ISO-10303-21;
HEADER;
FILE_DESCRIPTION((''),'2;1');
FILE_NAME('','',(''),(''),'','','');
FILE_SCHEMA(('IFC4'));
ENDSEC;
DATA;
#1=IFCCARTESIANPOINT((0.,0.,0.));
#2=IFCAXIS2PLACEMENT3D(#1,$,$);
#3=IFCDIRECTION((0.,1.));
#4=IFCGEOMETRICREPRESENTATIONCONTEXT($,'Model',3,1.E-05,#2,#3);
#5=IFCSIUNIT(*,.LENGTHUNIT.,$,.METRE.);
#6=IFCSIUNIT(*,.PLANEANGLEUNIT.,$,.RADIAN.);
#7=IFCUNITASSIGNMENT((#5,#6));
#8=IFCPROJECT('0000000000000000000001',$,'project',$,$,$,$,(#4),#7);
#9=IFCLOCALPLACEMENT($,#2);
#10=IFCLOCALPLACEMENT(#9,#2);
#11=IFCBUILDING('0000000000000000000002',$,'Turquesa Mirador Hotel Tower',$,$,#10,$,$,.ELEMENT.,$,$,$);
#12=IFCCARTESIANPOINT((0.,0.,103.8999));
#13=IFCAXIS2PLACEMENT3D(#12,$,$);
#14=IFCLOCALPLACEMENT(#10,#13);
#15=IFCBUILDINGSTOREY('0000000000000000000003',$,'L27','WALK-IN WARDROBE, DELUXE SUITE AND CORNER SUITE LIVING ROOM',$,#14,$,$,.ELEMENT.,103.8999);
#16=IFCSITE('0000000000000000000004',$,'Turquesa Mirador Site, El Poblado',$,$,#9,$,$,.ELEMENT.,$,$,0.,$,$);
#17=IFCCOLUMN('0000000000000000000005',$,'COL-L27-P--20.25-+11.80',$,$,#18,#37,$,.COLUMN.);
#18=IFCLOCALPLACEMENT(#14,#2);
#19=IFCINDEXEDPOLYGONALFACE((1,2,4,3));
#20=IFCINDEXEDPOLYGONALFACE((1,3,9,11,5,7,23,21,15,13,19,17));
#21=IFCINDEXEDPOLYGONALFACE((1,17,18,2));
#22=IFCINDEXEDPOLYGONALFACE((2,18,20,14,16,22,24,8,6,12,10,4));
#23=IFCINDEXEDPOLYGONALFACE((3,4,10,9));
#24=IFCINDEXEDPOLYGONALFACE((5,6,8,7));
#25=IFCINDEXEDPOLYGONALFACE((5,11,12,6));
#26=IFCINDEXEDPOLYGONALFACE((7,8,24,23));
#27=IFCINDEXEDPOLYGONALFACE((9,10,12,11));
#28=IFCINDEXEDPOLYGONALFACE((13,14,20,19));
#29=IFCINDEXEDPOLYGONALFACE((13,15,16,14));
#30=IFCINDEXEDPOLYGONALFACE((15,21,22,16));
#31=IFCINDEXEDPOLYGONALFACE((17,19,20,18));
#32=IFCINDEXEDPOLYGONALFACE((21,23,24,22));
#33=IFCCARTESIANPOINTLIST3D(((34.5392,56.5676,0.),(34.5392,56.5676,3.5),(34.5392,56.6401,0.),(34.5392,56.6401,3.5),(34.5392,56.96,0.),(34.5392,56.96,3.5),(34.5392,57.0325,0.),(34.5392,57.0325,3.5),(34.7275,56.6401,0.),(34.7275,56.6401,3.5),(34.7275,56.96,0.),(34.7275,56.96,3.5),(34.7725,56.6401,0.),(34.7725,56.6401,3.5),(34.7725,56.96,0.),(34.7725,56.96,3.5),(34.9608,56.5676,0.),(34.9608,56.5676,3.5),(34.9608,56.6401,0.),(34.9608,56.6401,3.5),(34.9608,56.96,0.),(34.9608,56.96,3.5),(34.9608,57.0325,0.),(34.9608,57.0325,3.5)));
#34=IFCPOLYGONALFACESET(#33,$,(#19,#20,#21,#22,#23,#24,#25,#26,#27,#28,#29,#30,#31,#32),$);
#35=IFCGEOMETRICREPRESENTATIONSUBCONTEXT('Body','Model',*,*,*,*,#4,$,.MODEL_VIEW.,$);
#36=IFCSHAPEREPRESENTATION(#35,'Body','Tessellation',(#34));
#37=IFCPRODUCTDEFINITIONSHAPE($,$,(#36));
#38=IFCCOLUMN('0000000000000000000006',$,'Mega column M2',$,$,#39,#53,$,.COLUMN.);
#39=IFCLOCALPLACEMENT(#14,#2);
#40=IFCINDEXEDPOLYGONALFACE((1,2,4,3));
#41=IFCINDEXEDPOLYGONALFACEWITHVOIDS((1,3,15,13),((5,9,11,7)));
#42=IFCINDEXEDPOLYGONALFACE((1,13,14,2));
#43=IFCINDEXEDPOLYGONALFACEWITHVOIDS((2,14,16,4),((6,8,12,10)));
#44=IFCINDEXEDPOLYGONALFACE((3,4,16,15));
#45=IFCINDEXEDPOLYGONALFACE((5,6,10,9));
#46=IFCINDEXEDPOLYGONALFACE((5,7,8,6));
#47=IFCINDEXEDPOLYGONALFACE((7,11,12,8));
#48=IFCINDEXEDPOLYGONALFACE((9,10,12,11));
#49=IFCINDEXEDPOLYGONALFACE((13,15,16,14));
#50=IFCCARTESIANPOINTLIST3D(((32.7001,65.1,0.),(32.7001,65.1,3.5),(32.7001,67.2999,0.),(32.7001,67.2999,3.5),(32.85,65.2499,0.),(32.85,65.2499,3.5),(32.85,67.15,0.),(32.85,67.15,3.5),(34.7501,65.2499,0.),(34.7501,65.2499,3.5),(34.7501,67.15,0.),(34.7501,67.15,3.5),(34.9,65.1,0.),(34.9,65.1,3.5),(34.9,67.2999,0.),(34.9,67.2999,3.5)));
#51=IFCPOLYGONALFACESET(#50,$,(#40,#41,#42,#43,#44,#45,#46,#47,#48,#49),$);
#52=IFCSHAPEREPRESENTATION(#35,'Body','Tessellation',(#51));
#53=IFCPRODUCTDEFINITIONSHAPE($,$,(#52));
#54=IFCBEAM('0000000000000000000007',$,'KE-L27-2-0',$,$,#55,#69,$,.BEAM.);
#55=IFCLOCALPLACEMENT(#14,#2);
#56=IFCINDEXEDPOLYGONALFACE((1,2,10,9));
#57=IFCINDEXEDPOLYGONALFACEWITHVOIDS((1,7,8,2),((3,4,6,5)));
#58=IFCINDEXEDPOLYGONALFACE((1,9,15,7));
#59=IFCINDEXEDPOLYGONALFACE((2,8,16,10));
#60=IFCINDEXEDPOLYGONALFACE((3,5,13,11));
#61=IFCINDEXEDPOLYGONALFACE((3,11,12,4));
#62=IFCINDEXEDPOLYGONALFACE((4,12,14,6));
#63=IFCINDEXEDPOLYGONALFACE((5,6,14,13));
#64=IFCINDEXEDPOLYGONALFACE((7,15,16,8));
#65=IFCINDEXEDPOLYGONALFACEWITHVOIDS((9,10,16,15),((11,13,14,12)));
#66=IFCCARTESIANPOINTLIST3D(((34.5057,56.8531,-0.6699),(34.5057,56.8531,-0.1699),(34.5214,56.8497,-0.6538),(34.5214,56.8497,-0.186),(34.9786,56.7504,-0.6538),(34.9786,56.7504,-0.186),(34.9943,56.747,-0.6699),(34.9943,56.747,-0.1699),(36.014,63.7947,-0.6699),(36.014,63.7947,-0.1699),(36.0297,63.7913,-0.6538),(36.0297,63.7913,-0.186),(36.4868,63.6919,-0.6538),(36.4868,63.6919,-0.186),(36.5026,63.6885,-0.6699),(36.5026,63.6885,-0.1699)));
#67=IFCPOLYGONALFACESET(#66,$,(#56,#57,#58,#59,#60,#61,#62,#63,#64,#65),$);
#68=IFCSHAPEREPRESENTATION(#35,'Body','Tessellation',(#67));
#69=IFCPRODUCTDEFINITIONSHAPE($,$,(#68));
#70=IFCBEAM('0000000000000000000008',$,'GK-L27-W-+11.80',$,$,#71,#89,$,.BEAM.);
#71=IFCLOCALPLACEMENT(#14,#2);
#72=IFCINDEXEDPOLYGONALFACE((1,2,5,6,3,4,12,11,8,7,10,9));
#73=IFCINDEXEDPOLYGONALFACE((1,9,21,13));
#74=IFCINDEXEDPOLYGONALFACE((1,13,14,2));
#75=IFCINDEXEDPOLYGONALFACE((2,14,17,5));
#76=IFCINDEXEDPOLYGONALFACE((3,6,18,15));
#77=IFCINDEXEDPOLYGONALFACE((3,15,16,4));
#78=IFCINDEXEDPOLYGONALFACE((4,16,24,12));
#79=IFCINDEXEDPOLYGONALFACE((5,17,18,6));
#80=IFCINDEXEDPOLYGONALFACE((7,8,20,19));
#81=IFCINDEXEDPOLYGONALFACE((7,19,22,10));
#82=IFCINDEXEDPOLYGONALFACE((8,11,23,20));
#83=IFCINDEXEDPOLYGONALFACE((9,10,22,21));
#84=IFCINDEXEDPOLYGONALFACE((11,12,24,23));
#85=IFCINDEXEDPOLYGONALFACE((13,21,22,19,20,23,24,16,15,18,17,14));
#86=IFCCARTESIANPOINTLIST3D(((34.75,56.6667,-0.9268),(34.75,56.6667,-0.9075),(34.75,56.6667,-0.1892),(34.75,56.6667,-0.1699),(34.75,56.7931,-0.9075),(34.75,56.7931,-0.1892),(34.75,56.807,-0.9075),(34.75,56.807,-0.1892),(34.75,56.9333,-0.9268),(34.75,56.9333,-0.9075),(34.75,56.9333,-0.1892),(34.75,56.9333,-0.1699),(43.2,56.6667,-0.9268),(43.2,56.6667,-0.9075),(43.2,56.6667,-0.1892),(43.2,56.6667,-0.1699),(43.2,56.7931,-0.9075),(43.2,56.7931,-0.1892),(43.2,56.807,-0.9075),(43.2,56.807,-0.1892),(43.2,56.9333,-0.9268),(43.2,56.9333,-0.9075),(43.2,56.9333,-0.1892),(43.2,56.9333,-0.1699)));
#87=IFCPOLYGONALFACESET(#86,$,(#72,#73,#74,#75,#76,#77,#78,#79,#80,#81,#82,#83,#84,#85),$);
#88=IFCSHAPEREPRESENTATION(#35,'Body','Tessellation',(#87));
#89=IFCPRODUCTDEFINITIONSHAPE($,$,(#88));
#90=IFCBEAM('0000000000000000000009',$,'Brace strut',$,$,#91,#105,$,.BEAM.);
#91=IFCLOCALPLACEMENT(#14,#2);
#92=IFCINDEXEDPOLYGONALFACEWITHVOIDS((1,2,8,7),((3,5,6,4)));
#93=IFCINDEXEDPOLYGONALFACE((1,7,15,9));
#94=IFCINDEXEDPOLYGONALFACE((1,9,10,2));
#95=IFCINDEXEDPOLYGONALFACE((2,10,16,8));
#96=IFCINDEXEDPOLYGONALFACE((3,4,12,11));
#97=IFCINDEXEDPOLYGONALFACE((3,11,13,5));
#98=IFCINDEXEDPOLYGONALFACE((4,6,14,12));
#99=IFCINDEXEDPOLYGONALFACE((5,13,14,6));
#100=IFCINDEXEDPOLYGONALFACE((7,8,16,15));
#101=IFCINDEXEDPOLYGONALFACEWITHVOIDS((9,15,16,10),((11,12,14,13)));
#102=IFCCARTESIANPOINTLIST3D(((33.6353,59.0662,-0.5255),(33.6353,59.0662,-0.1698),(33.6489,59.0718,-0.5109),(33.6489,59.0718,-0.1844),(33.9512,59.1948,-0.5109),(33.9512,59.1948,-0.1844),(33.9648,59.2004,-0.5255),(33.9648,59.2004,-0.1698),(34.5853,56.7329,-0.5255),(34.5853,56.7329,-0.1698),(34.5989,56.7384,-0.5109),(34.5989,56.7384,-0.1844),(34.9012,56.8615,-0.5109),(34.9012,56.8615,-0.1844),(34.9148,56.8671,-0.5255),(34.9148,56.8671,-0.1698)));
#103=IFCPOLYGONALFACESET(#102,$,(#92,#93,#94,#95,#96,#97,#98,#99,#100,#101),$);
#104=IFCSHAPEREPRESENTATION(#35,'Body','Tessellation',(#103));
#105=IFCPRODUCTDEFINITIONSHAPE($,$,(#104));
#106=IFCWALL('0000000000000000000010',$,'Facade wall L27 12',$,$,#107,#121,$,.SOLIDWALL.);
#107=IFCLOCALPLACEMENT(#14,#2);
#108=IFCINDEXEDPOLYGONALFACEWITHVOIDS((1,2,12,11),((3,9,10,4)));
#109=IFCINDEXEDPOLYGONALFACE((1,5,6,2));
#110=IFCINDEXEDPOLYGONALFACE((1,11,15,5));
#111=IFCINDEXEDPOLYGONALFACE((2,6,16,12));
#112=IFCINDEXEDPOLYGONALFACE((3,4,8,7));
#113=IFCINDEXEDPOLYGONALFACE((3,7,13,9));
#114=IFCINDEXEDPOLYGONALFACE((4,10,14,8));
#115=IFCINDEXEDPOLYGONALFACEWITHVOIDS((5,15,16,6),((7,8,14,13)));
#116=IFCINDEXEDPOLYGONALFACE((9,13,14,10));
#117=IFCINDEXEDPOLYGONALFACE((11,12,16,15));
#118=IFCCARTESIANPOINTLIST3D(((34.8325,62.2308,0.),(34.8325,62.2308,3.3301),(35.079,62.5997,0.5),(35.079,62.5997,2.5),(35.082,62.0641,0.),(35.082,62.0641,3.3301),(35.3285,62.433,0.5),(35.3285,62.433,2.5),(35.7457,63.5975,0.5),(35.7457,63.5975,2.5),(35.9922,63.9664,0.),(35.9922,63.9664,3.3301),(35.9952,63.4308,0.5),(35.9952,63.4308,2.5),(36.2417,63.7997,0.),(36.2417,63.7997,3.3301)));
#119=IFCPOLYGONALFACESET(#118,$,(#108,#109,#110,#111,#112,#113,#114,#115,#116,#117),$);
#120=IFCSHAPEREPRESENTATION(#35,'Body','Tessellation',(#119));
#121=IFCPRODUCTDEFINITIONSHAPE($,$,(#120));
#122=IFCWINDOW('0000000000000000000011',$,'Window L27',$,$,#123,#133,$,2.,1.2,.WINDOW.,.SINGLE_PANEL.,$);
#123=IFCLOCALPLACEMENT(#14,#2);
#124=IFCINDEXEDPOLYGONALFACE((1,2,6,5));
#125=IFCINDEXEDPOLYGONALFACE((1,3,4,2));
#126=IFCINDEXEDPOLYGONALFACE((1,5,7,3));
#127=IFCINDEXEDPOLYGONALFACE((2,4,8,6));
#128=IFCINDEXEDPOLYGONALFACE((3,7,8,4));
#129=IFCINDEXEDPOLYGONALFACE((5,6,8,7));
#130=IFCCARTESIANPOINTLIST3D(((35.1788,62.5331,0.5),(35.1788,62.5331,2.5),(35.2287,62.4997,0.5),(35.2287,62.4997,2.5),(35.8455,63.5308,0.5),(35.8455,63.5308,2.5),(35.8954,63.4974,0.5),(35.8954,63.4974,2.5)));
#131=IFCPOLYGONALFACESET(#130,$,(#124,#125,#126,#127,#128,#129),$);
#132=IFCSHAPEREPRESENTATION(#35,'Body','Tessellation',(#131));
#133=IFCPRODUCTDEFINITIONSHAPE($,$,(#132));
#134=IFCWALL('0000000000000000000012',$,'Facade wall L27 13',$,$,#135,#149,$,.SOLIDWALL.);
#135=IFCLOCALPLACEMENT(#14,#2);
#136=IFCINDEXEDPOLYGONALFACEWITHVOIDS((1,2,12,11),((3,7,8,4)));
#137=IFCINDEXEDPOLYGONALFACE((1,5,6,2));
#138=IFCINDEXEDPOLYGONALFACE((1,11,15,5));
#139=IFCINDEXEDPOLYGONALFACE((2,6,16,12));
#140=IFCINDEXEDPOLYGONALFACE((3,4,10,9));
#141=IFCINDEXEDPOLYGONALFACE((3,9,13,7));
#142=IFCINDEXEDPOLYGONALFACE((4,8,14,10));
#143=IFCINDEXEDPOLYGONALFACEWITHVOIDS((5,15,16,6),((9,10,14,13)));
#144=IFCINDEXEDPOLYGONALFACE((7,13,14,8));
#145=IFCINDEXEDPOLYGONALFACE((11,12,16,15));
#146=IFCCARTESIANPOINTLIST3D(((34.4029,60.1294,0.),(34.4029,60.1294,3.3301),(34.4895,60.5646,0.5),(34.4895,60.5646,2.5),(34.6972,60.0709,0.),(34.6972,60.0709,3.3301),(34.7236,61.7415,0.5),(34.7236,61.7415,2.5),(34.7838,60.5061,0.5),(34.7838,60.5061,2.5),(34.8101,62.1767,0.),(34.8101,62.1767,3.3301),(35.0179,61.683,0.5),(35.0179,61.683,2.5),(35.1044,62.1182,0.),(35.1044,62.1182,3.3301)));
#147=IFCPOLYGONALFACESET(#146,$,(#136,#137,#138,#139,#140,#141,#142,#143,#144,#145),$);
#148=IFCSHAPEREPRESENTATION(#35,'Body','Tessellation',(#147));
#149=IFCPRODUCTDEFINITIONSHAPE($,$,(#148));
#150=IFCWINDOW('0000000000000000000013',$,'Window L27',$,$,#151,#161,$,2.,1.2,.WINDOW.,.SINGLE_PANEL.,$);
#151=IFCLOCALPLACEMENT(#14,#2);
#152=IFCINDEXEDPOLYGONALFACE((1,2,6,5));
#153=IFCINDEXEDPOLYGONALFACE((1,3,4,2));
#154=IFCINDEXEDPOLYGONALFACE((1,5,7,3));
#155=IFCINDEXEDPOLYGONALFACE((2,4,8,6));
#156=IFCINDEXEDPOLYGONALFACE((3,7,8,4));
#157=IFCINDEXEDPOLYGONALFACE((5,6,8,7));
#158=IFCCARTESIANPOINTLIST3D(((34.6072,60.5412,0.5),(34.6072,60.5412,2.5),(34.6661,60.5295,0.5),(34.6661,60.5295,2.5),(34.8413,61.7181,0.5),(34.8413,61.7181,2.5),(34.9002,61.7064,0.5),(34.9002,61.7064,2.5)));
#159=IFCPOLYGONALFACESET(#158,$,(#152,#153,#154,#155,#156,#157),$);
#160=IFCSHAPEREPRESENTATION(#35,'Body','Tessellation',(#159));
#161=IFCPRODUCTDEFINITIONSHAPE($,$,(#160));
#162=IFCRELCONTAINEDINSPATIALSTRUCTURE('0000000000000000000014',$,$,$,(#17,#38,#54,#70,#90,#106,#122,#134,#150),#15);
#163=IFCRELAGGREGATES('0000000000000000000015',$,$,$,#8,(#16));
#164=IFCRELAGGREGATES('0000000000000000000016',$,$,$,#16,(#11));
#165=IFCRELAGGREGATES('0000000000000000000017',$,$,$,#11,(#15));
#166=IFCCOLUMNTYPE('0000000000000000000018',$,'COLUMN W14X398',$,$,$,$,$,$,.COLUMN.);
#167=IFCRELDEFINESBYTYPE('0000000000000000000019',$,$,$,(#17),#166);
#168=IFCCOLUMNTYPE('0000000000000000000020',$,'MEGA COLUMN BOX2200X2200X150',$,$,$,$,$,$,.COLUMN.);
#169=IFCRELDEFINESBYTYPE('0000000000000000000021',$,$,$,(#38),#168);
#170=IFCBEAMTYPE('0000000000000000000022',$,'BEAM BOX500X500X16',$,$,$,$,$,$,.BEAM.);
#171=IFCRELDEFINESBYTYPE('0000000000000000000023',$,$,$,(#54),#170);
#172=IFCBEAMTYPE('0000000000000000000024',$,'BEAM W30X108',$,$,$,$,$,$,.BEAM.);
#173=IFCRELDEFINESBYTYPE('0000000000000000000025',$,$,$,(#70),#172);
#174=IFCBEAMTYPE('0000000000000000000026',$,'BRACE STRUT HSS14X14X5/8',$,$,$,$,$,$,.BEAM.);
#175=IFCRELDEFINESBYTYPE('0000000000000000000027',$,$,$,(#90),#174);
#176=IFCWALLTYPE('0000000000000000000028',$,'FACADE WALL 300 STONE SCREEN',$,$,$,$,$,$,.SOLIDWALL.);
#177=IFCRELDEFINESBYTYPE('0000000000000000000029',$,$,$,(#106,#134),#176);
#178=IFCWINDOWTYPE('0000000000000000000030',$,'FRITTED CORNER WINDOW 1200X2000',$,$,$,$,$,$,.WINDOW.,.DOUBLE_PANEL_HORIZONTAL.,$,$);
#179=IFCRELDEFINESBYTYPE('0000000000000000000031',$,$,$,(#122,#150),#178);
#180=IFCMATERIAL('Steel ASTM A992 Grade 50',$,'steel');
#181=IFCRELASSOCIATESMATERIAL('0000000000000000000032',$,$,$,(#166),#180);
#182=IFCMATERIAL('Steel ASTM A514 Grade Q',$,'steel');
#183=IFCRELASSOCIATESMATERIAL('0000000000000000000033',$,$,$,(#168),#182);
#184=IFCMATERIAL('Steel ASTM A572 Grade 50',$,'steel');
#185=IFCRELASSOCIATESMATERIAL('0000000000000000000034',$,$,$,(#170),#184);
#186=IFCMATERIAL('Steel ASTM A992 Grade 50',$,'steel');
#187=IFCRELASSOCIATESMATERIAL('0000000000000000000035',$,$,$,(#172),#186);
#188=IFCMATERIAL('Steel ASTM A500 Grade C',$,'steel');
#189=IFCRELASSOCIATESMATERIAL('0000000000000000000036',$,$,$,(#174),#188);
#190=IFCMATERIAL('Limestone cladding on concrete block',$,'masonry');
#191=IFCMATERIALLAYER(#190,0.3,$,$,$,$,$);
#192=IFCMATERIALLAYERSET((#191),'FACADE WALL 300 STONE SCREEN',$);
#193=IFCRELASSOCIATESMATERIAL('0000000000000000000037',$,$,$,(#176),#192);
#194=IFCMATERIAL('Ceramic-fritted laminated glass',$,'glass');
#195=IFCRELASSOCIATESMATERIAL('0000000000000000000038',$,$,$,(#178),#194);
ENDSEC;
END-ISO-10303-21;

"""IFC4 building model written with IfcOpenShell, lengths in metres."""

from ifc_helpers import new_model, si_unit, direction, frame, frame_2d, origin, origin_2d, place, context, subcontext, project, spatial, rectangle, hollow_rectangle, i_section, extrude, material, layer, layer_set, material_profile, profile_set, type_object, element, fill, save


model = new_model("IFC4")

# Units and contexts
model_context = context("Model", 3, precision=1e-05, world=origin(), true_north=direction((0.0, 1.0)))
body_context = subcontext(model_context, "Body", "Model", "MODEL_VIEW")
ifc_project = project(units=[si_unit("LENGTHUNIT", "METRE"), si_unit("PLANEANGLEUNIT", "RADIAN")], contexts=[model_context])

# Site, building, storey
site_placement = place(None, origin())
site = spatial("IfcSite", under=ifc_project, at=site_placement, Name="Turquesa Mirador Site, El Poblado", CompositionType="ELEMENT", RefElevation=0.0)
building_placement = place(site_placement, origin())
building = spatial("IfcBuilding", under=site, at=building_placement, Name="Turquesa Mirador Hotel Tower", CompositionType="ELEMENT")
storey_placement = place(building_placement, frame((0.0, 0.0, 103.8999)))
storey = spatial("IfcBuildingStorey", under=building, at=storey_placement, Name="L27", Description="WALK-IN WARDROBE, DELUXE SUITE AND CORNER SUITE LIVING ROOM", CompositionType="ELEMENT", Elevation=103.8999)

# Columns
ifc_material_1 = material(Name="Steel ASTM A992 Grade 50", Category="steel")
ifc_material_profile_1 = material_profile(ifc_material_1, i_section(OverallWidth=0.4216, OverallDepth=0.4648, WebThickness=0.0449, FlangeThickness=0.0725, at=origin_2d()), Name="W14X398")
ifc_profile_set_1 = profile_set([ifc_material_profile_1], Name="Steel ASTM A992 Grade 50")
column_type_1 = type_object("IfcColumnType", Name="COLUMN W14X398", PredefinedType="COLUMN", material=ifc_profile_set_1)
column_1_placement = place(storey_placement, frame((34.75, 56.8, 0.0), z_axis=(0.0, 0.0, 1.0), x_axis=(1.0, 0.0, 0.0)))
element("IfcColumn", 1, at=column_1_placement, inside=storey, type_object=column_type_1, Name="COL-L27-P--20.25-+11.80", PredefinedType="COLUMN", context=body_context, shape_type="SweptSolid", body=[
    extrude(i_section(OverallWidth=0.4216, OverallDepth=0.4648, WebThickness=0.0449, FlangeThickness=0.0725, at=origin_2d()), origin(), (0.0, 0.0, 1.0), 3.5),
])
ifc_material_2 = material(Name="Steel ASTM A514 Grade Q", Category="steel")
ifc_material_profile_2 = material_profile(ifc_material_2, hollow_rectangle(XDim=2.2, YDim=2.2, WallThickness=0.1499, at=origin_2d()), Name="BOX2200X2200X150")
ifc_profile_set_2 = profile_set([ifc_material_profile_2], Name="Steel ASTM A514 Grade Q")
column_type_2 = type_object("IfcColumnType", Name="MEGA COLUMN BOX2200X2200X150", PredefinedType="COLUMN", material=ifc_profile_set_2)
column_2_placement = place(storey_placement, frame((33.8, 66.2, 0.0), z_axis=(0.0, 0.0, 1.0), x_axis=(1.0, 0.0, 0.0)))
element("IfcColumn", 2, at=column_2_placement, inside=storey, type_object=column_type_2, Name="Mega column M2", PredefinedType="COLUMN", context=body_context, shape_type="SweptSolid", body=[
    extrude(hollow_rectangle(XDim=2.2, YDim=2.2, WallThickness=0.1499, at=origin_2d()), origin(), (0.0, 0.0, 1.0), 3.5),
])

# Beams
ifc_material_3 = material(Name="Steel ASTM A572 Grade 50", Category="steel")
ifc_material_profile_3 = material_profile(ifc_material_3, hollow_rectangle(XDim=0.5, YDim=0.5, WallThickness=0.0161, at=origin_2d()), Name="BOX500X500X16")
ifc_profile_set_3 = profile_set([ifc_material_profile_3], Name="Steel ASTM A572 Grade 50")
beam_type_1 = type_object("IfcBeamType", Name="BEAM BOX500X500X16", PredefinedType="BEAM", material=ifc_profile_set_3)
beam_1_placement = place(storey_placement, frame((34.75, 56.8, -0.4199), z_axis=(0.212328, 0.977198, 0.0), x_axis=(-0.977198, 0.212328, 0.0)))
element("IfcBeam", 3, at=beam_1_placement, inside=storey, type_object=beam_type_1, Name="KE-L27-2-0", PredefinedType="BEAM", context=body_context, shape_type="SweptSolid", body=[
    extrude(hollow_rectangle(XDim=0.5, YDim=0.5, WallThickness=0.0161, at=origin_2d()), origin(), (0.0, 0.0, 1.0), 7.1035),
])
ifc_material_4 = material(Name="Steel ASTM A992 Grade 50", Category="steel")
ifc_material_profile_4 = material_profile(ifc_material_4, i_section(OverallWidth=0.2666, OverallDepth=0.7568, WebThickness=0.0139, FlangeThickness=0.0193, at=origin_2d()), Name="W30X108")
ifc_profile_set_4 = profile_set([ifc_material_profile_4], Name="Steel ASTM A992 Grade 50")
beam_type_2 = type_object("IfcBeamType", Name="BEAM W30X108", PredefinedType="BEAM", material=ifc_profile_set_4)
beam_2_placement = place(storey_placement, frame((34.75, 56.8, -0.5483), z_axis=(1.0, 0.0, 0.0), x_axis=(0.0, 1.0, 0.0)))
element("IfcBeam", 4, at=beam_2_placement, inside=storey, type_object=beam_type_2, Name="GK-L27-W-+11.80", PredefinedType="BEAM", context=body_context, shape_type="SweptSolid", body=[
    extrude(i_section(OverallWidth=0.2666, OverallDepth=0.7568, WebThickness=0.0139, FlangeThickness=0.0193, at=origin_2d()), origin(), (0.0, 0.0, 1.0), 8.45),
])
ifc_material_5 = material(Name="Steel ASTM A500 Grade C", Category="steel")
ifc_material_profile_5 = material_profile(ifc_material_5, hollow_rectangle(XDim=0.3557, YDim=0.3557, WallThickness=0.0146, at=origin_2d()), Name="HSS14X14X5/8")
ifc_profile_set_5 = profile_set([ifc_material_profile_5], Name="Steel ASTM A500 Grade C")
beam_type_3 = type_object("IfcBeamType", Name="BRACE STRUT HSS14X14X5/8", PredefinedType="BEAM", material=ifc_profile_set_5)
beam_3_placement = place(storey_placement, frame((33.8, 59.1333, -0.3477), z_axis=(0.377081, -0.92618, 0.0), x_axis=(0.92618, 0.377081, 0.0)))
element("IfcBeam", 5, at=beam_3_placement, inside=storey, type_object=beam_type_3, Name="Brace strut", PredefinedType="BEAM", context=body_context, shape_type="SweptSolid", body=[
    extrude(hollow_rectangle(XDim=0.3557, YDim=0.3557, WallThickness=0.0146, at=origin_2d()), origin(), (0.0, 0.0, 1.0), 2.5193),
])

# Walls, openings, windows
ifc_material_6 = material(Name="Limestone cladding on concrete block", Category="masonry")
ifc_layer = layer(ifc_material_6, 0.3)
ifc_layer_set = layer_set([ifc_layer], Name="FACADE WALL 300 STONE SCREEN")
wall_type = type_object("IfcWallType", Name="FACADE WALL 300 STONE SCREEN", PredefinedType="SOLIDWALL", material=ifc_layer_set)
wall_1_placement = place(storey_placement, frame((36.1169, 63.8831, 0.0), z_axis=(0.0, 0.0, 1.0), x_axis=(-0.555564, -0.831474, 0.0)))
wall_1 = element("IfcWall", 6, at=wall_1_placement, inside=storey, type_object=wall_type, Name="Facade wall L27 12", PredefinedType="SOLIDWALL", context=body_context, shape_type="SweptSolid", body=[
    extrude(rectangle(XDim=2.0874, YDim=0.3, at=frame_2d((1.0437, 0.0))), origin(), (0.0, 0.0, 1.0), 3.3301),
])
opening_1_placement = place(wall_1_placement, frame((0.4436, 0.0, 0.5)))
opening_1 = element("IfcOpeningElement", 7, at=opening_1_placement, cuts=wall_1, PredefinedType="OPENING", context=body_context, shape_type="SweptSolid", body=[
    extrude(rectangle(XDim=1.2, YDim=2.0, at=frame_2d((0.6001, 1.0))), frame((0.0, 0.1599, 0.0), z_axis=(0.0, -1.0, 0.0), x_axis=(1.0, 0.0, 0.0)), (0.0, 0.0, 1.0), 0.3201),
])
ifc_material_7 = material(Name="Ceramic-fritted laminated glass", Category="glass")
window_type_1 = type_object("IfcWindowType", Name="FRITTED CORNER WINDOW 1200X2000", PartitioningType="DOUBLE_PANEL_HORIZONTAL", PredefinedType="WINDOW", material=ifc_material_7)
window_1_placement = place(opening_1_placement, origin())
window_1 = element("IfcWindow", 8, at=window_1_placement, inside=storey, type_object=window_type_1, Name="Window L27", OverallHeight=2.0, OverallWidth=1.2, PartitioningType="SINGLE_PANEL", PredefinedType="WINDOW", context=body_context, shape_type="SweptSolid", body=[
    extrude(rectangle(XDim=1.2, YDim=2.0, at=frame_2d((0.6001, 1.0))), frame((0.0, 0.03, 0.0), z_axis=(0.0, -1.0, 0.0), x_axis=(1.0, 0.0, 0.0)), (0.0, 0.0, 1.0), 0.0601),
])
fill(opening_1, window_1)
wall_2_placement = place(storey_placement, frame((34.9573, 62.1475, 0.0), z_axis=(0.0, 0.0, 1.0), x_axis=(-0.195081, -0.980787, 0.0)))
wall_2 = element("IfcWall", 9, at=wall_2_placement, inside=storey, type_object=wall_type, Name="Facade wall L27 13", PredefinedType="SOLIDWALL", context=body_context, shape_type="SweptSolid", body=[
    extrude(rectangle(XDim=2.0874, YDim=0.3, at=frame_2d((1.0437, 0.0))), origin(), (0.0, 0.0, 1.0), 3.3301),
])
opening_2_placement = place(wall_2_placement, frame((0.4436, 0.0, 0.5)))
opening_2 = element("IfcOpeningElement", 10, at=opening_2_placement, cuts=wall_2, PredefinedType="OPENING", context=body_context, shape_type="SweptSolid", body=[
    extrude(rectangle(XDim=1.2, YDim=2.0, at=frame_2d((0.6001, 1.0))), frame((0.0, 0.1599, 0.0), z_axis=(0.0, -1.0, 0.0), x_axis=(1.0, 0.0, 0.0)), (0.0, 0.0, 1.0), 0.3201),
])
window_2_placement = place(opening_2_placement, origin())
window_2 = element("IfcWindow", 11, at=window_2_placement, inside=storey, type_object=window_type_1, Name="Window L27", OverallHeight=2.0, OverallWidth=1.2, PartitioningType="SINGLE_PANEL", PredefinedType="WINDOW", context=body_context, shape_type="SweptSolid", body=[
    extrude(rectangle(XDim=1.2, YDim=2.0, at=frame_2d((0.6001, 1.0))), frame((0.0, 0.03, 0.0), z_axis=(0.0, -1.0, 0.0), x_axis=(1.0, 0.0, 0.0)), (0.0, 0.0, 1.0), 0.0601),
])
fill(opening_2, window_2)

save(model, "model.ifc")
